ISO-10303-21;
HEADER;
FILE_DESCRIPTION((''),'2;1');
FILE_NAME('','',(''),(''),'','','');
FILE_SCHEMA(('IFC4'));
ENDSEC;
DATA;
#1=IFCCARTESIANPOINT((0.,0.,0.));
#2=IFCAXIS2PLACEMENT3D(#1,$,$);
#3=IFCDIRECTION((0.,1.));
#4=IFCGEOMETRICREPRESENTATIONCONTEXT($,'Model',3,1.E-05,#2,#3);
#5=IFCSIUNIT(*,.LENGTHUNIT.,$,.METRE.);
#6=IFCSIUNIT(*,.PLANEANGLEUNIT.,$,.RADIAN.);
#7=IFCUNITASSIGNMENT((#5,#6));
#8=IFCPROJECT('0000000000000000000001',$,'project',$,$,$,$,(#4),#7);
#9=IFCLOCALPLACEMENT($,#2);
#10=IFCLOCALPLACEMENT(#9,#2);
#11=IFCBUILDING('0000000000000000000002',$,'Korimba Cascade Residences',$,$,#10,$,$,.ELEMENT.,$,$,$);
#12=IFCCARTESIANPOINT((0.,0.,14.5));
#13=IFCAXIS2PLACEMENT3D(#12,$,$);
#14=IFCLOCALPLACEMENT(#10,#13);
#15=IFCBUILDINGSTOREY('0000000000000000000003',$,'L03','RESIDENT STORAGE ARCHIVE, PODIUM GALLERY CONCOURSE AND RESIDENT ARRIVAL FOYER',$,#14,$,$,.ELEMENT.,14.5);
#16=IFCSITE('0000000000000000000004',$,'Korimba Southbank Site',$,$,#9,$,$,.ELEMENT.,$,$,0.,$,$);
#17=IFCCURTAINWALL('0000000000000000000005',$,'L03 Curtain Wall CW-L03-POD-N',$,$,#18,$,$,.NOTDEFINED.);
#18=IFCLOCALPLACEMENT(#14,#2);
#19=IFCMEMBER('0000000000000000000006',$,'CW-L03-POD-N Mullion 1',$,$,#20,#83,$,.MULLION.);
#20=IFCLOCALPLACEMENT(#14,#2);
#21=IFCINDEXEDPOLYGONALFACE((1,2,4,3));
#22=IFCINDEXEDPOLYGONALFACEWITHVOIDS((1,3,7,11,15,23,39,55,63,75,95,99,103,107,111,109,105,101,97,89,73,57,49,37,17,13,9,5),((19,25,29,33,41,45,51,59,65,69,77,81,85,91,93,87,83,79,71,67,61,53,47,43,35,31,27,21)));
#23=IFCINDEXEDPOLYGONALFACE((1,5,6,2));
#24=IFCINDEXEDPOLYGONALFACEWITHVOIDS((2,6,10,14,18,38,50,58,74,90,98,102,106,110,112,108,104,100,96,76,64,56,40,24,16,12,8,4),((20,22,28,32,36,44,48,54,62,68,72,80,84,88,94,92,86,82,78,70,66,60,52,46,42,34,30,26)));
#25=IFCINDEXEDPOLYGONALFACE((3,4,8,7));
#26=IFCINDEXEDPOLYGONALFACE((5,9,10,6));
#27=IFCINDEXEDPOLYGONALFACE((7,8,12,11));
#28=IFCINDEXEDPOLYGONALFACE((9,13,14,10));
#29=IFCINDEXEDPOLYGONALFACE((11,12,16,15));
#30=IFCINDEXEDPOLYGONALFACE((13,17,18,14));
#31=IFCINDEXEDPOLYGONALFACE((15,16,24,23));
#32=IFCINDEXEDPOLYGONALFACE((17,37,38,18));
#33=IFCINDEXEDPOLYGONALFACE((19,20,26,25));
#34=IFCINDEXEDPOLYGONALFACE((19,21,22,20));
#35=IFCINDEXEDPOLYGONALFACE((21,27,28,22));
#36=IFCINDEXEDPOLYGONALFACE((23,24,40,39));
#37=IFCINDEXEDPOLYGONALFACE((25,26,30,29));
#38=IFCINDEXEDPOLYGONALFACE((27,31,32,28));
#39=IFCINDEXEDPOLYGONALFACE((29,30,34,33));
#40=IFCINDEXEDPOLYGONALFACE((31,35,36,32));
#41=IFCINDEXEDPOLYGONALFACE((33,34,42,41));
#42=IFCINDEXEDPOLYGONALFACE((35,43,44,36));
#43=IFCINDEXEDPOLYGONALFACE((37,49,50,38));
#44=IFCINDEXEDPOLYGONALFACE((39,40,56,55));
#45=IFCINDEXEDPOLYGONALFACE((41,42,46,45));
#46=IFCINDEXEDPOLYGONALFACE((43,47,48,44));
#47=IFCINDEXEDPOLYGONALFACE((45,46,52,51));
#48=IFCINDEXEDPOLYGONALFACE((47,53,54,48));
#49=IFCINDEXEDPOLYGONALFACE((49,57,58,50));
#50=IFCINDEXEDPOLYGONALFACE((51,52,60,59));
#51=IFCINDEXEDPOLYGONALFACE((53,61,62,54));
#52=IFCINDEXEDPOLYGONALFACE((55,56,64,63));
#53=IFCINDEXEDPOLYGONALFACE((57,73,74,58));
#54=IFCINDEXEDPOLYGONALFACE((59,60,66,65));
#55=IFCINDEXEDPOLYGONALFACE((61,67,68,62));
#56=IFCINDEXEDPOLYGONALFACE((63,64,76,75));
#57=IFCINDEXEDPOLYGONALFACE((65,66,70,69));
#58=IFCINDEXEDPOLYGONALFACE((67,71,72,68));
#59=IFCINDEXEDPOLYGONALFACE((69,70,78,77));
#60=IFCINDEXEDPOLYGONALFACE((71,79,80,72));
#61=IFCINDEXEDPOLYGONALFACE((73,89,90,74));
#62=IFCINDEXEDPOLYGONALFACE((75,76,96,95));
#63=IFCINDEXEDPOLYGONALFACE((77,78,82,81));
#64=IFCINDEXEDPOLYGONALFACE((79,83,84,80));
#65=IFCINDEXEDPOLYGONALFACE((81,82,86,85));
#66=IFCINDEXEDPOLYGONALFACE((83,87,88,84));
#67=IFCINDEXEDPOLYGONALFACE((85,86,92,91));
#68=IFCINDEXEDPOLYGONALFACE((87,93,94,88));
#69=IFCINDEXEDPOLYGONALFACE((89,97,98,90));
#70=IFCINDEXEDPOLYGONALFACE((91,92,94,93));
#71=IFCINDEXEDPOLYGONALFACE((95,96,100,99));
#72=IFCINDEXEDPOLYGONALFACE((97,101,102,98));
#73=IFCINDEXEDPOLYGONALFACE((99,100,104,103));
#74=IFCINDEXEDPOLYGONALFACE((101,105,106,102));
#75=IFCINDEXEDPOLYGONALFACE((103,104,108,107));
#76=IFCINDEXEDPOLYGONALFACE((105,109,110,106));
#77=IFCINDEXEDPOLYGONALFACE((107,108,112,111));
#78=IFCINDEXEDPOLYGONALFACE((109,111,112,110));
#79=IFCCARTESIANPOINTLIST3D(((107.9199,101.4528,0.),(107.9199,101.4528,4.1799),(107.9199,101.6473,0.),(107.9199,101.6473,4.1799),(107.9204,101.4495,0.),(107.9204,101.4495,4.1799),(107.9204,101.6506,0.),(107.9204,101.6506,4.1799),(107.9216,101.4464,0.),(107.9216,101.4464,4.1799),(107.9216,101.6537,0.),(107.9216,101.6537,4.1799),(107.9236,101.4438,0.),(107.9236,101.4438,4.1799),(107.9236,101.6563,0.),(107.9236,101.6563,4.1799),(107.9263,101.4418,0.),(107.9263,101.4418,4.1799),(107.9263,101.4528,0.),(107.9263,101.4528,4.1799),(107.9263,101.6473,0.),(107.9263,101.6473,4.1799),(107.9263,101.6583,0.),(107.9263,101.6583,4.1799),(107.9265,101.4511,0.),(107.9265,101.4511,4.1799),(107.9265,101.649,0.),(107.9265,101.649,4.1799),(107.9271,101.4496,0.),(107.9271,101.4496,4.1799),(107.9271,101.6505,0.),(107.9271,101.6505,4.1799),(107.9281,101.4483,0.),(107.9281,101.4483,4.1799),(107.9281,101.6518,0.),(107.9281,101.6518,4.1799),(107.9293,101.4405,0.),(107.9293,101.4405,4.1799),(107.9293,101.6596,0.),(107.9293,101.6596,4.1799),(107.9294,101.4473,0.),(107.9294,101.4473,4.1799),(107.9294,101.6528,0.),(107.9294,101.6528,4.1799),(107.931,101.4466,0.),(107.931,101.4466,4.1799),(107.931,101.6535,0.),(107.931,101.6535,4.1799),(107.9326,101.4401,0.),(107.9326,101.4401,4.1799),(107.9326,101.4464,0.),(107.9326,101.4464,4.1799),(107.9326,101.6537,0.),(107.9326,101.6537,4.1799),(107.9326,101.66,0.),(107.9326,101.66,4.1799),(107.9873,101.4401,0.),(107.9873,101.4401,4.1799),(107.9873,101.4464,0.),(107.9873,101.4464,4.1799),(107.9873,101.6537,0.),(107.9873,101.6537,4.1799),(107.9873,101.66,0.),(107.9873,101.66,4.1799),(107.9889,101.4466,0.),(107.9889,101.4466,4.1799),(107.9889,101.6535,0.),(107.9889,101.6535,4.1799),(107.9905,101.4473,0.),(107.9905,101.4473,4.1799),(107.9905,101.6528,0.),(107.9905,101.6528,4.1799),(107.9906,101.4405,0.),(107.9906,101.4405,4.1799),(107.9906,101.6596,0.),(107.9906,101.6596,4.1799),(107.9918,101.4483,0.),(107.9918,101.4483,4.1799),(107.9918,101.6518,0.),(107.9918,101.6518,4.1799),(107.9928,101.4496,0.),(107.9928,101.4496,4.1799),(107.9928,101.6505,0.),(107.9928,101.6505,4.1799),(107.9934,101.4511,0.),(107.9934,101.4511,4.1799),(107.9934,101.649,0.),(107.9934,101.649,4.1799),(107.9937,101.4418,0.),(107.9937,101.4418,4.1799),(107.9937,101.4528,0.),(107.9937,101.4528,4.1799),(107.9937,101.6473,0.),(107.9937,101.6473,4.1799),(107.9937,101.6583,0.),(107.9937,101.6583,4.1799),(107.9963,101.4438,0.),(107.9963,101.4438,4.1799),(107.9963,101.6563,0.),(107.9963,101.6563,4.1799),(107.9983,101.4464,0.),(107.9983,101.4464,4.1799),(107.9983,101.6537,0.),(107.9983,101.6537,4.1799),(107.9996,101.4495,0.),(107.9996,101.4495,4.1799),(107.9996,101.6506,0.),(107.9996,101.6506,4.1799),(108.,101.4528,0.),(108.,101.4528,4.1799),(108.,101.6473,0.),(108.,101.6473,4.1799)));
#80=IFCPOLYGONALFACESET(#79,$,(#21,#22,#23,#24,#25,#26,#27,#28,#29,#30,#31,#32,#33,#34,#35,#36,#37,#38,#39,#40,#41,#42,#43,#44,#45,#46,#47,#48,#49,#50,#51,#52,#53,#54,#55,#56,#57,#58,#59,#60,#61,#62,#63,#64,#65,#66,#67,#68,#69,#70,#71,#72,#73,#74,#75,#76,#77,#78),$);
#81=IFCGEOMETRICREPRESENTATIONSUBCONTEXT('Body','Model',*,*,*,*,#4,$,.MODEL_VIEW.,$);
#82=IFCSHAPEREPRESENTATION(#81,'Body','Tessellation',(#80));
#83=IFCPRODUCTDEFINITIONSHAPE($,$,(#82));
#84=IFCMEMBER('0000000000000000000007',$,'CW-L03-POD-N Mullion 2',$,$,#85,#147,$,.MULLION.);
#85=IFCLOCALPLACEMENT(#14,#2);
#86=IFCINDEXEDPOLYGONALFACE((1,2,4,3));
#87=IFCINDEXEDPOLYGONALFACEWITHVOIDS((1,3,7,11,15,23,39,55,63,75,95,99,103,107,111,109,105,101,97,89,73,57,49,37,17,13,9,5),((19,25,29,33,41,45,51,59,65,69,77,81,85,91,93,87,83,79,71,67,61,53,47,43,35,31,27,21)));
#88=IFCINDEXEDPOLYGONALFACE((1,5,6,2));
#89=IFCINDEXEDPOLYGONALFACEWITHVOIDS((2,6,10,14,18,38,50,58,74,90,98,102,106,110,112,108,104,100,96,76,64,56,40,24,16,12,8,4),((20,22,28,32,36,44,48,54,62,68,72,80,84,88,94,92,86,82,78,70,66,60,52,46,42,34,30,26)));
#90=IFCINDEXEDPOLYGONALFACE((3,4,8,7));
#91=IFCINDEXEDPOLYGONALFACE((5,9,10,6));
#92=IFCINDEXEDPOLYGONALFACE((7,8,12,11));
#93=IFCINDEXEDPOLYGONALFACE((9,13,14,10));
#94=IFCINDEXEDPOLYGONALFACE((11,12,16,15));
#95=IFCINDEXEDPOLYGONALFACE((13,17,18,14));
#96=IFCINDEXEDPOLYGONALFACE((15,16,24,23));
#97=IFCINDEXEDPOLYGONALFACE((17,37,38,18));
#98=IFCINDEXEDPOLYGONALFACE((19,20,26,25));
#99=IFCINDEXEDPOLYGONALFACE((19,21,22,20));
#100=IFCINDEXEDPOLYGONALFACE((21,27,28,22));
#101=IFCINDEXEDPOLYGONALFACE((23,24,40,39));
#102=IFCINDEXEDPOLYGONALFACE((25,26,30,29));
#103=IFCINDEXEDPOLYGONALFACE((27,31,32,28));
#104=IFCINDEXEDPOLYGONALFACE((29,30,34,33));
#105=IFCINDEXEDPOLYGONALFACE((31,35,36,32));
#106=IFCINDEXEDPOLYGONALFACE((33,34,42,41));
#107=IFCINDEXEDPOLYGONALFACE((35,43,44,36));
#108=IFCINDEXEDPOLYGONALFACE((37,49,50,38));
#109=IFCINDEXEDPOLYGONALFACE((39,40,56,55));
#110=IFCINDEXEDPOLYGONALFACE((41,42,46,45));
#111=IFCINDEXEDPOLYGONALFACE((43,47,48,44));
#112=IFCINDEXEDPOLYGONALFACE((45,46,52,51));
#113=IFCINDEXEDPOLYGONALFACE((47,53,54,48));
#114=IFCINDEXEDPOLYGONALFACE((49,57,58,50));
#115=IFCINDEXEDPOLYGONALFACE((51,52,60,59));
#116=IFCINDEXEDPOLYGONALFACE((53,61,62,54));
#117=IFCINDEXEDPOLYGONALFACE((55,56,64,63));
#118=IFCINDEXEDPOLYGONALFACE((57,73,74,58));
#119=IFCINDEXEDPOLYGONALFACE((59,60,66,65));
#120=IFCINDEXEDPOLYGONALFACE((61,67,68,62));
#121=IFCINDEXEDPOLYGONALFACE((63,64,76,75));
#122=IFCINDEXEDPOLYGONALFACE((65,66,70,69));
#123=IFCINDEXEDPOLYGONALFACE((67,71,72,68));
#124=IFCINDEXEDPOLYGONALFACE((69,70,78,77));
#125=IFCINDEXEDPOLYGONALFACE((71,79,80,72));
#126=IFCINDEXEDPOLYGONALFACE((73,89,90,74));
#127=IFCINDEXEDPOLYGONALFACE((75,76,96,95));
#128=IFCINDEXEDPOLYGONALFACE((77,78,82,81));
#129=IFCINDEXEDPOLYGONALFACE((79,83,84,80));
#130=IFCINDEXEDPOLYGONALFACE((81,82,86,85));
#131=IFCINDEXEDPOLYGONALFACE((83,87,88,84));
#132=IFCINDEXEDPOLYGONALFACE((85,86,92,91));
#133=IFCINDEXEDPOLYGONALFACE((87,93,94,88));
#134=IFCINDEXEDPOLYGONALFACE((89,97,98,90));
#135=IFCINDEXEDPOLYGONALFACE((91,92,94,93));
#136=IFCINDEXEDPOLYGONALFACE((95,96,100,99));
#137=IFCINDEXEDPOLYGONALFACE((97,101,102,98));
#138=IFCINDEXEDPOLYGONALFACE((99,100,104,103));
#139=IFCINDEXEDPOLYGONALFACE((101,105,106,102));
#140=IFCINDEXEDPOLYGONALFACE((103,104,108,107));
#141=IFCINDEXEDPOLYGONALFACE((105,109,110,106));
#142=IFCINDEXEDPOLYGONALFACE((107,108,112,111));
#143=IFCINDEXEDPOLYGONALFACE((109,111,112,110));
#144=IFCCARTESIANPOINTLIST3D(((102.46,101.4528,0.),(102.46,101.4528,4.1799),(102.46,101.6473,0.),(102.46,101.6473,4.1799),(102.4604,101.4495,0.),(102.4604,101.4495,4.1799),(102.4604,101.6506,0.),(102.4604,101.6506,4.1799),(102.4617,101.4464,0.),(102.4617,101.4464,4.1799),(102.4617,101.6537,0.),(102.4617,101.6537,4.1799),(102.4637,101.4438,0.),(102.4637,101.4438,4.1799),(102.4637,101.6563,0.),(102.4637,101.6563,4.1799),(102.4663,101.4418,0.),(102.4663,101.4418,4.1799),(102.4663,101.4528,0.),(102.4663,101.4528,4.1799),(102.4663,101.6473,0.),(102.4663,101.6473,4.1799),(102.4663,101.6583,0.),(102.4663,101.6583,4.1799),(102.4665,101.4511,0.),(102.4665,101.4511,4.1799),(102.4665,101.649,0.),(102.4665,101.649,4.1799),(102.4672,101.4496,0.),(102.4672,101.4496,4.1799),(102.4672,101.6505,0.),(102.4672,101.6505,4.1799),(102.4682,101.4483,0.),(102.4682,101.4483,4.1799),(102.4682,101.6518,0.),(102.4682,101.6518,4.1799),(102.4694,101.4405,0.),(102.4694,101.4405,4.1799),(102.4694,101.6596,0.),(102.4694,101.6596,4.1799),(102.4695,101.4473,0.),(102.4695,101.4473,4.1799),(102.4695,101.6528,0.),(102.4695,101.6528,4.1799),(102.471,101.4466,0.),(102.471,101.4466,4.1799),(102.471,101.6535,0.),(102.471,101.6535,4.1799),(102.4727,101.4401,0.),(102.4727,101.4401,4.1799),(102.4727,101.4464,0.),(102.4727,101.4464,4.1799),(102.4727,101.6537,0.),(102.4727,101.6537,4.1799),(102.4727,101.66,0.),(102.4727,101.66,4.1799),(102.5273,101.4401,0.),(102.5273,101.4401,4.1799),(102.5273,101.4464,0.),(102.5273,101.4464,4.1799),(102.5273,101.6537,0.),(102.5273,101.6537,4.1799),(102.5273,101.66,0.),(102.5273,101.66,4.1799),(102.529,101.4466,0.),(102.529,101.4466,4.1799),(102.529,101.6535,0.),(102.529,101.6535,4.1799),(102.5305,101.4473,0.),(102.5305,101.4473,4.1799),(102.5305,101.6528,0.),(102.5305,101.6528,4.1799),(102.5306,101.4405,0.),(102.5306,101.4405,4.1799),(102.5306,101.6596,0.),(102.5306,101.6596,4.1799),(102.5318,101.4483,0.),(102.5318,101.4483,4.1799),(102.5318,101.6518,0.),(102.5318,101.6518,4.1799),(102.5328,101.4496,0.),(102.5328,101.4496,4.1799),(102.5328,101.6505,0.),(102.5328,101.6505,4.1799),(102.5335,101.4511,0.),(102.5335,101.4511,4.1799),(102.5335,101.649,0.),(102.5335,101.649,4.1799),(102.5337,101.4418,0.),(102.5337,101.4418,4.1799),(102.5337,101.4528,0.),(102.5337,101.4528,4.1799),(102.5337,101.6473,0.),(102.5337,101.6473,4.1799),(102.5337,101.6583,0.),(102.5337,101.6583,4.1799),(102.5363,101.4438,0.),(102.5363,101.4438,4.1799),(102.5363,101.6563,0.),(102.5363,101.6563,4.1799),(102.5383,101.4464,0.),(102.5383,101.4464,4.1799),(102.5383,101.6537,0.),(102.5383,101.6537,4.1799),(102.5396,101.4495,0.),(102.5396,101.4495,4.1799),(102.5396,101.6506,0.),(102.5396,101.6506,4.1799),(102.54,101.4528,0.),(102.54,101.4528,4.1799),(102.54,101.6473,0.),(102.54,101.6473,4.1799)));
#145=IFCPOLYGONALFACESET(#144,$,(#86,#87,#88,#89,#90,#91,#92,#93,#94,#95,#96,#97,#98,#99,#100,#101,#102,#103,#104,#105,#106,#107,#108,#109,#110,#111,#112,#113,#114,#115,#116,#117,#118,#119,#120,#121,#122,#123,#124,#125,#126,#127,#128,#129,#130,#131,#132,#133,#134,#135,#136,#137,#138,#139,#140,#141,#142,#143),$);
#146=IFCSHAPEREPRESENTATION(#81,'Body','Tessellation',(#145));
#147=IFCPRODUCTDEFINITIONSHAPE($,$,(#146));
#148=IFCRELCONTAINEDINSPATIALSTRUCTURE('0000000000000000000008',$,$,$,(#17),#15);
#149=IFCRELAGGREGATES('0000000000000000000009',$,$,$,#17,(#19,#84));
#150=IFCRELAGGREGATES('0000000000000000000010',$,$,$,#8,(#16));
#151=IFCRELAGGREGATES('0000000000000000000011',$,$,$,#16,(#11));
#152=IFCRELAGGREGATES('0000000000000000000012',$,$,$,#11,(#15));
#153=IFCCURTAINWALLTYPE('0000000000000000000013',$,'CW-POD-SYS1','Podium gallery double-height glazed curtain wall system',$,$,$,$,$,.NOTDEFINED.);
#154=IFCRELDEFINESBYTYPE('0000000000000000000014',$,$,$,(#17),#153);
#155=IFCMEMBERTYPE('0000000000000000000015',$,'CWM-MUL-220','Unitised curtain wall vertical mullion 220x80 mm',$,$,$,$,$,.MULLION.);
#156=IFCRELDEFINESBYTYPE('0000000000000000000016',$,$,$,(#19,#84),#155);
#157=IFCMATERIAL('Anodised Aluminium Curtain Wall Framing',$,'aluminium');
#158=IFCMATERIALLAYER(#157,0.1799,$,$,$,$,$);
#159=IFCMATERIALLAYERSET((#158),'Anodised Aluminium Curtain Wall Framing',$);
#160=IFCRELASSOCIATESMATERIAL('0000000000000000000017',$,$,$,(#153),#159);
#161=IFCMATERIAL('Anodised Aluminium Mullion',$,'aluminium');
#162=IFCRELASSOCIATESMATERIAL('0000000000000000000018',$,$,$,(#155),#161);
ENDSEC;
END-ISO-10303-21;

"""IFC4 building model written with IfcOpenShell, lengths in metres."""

from ifc_helpers import new_model, si_unit, direction, frame, origin, origin_2d, place, context, subcontext, project, spatial, hollow_rectangle, extrude, material, layer, layer_set, material_profile, profile_set, type_object, element, aggregate, save


model = new_model("IFC4")

# Units and contexts
model_context = context("Model", 3, precision=1e-05, world=origin(), true_north=direction((0.0, 1.0)))
body_context = subcontext(model_context, "Body", "Model", "MODEL_VIEW")
ifc_project = project(units=[si_unit("LENGTHUNIT", "METRE"), si_unit("PLANEANGLEUNIT", "RADIAN")], contexts=[model_context])

# Site, building, storey
site_placement = place(None, origin())
site = spatial("IfcSite", under=ifc_project, at=site_placement, Name="Korimba Southbank Site", CompositionType="ELEMENT", RefElevation=0.0)
building_placement = place(site_placement, origin())
building = spatial("IfcBuilding", under=site, at=building_placement, Name="Korimba Cascade Residences", CompositionType="ELEMENT")
storey_placement = place(building_placement, frame((0.0, 0.0, 14.5)))
storey = spatial("IfcBuildingStorey", under=building, at=storey_placement, Name="L03", Description="RESIDENT STORAGE ARCHIVE, PODIUM GALLERY CONCOURSE AND RESIDENT ARRIVAL FOYER", CompositionType="ELEMENT", Elevation=14.5)

# Curtain wall, members
ifc_material_1 = material(Name="Anodised Aluminium Curtain Wall Framing", Category="aluminium")
ifc_layer_1 = layer(ifc_material_1, 0.1799)
ifc_layer_set_1 = layer_set([ifc_layer_1], Name="Anodised Aluminium Curtain Wall Framing")
curtain_wall_type = type_object("IfcCurtainWallType", Name="CW-POD-SYS1", Description="Podium gallery double-height glazed curtain wall system", PredefinedType="NOTDEFINED", material=ifc_layer_set_1)
curtain_wall_placement = place(storey_placement, origin())
curtain_wall = element("IfcCurtainWall", 1, at=curtain_wall_placement, inside=storey, type_object=curtain_wall_type, Name="L03 Curtain Wall CW-L03-POD-N", PredefinedType="NOTDEFINED")
ifc_material_2 = material(Name="Anodised Aluminium Mullion", Category="aluminium")
ifc_material_profile_1 = material_profile(ifc_material_2, hollow_rectangle(XDim=0.0801, YDim=0.22, WallThickness=0.0063, InnerFilletRadius=0.0063, OuterFilletRadius=0.0127, at=origin_2d()), Name="Anodised Aluminium Mullion")
ifc_profile_set_1 = profile_set([ifc_material_profile_1], Name="Anodised Aluminium Mullion")
member_type_1 = type_object("IfcMemberType", Name="CWM-MUL-220", Description="Unitised curtain wall vertical mullion 220x80 mm", PredefinedType="MULLION", material=ifc_profile_set_1)
member_1_placement = place(storey_placement, frame((107.96, 101.55, 0.0), z_axis=(0.0, 0.0, 1.0), x_axis=(-1.0, 0.0, 0.0)))
member_1 = element("IfcMember", 2, at=member_1_placement, type_object=member_type_1, Name="CW-L03-POD-N Mullion 1", PredefinedType="MULLION", context=body_context, shape_type="SweptSolid", body=[
    extrude(hollow_rectangle(XDim=0.0801, YDim=0.22, WallThickness=0.0063, InnerFilletRadius=0.0063, OuterFilletRadius=0.0127, at=origin_2d()), origin(), (0.0, 0.0, 1.0), 4.1799),
])
member_2_placement = place(storey_placement, frame((102.5, 101.55, 0.0), z_axis=(0.0, 0.0, 1.0), x_axis=(-1.0, 0.0, 0.0)))
member_2 = element("IfcMember", 3, at=member_2_placement, type_object=member_type_1, Name="CW-L03-POD-N Mullion 2", PredefinedType="MULLION", context=body_context, shape_type="SweptSolid", body=[
    extrude(hollow_rectangle(XDim=0.0801, YDim=0.22, WallThickness=0.0063, InnerFilletRadius=0.0063, OuterFilletRadius=0.0127, at=origin_2d()), origin(), (0.0, 0.0, 1.0), 4.1799),
])
aggregate(curtain_wall, [member_1, member_2])

save(model, "model.ifc")
